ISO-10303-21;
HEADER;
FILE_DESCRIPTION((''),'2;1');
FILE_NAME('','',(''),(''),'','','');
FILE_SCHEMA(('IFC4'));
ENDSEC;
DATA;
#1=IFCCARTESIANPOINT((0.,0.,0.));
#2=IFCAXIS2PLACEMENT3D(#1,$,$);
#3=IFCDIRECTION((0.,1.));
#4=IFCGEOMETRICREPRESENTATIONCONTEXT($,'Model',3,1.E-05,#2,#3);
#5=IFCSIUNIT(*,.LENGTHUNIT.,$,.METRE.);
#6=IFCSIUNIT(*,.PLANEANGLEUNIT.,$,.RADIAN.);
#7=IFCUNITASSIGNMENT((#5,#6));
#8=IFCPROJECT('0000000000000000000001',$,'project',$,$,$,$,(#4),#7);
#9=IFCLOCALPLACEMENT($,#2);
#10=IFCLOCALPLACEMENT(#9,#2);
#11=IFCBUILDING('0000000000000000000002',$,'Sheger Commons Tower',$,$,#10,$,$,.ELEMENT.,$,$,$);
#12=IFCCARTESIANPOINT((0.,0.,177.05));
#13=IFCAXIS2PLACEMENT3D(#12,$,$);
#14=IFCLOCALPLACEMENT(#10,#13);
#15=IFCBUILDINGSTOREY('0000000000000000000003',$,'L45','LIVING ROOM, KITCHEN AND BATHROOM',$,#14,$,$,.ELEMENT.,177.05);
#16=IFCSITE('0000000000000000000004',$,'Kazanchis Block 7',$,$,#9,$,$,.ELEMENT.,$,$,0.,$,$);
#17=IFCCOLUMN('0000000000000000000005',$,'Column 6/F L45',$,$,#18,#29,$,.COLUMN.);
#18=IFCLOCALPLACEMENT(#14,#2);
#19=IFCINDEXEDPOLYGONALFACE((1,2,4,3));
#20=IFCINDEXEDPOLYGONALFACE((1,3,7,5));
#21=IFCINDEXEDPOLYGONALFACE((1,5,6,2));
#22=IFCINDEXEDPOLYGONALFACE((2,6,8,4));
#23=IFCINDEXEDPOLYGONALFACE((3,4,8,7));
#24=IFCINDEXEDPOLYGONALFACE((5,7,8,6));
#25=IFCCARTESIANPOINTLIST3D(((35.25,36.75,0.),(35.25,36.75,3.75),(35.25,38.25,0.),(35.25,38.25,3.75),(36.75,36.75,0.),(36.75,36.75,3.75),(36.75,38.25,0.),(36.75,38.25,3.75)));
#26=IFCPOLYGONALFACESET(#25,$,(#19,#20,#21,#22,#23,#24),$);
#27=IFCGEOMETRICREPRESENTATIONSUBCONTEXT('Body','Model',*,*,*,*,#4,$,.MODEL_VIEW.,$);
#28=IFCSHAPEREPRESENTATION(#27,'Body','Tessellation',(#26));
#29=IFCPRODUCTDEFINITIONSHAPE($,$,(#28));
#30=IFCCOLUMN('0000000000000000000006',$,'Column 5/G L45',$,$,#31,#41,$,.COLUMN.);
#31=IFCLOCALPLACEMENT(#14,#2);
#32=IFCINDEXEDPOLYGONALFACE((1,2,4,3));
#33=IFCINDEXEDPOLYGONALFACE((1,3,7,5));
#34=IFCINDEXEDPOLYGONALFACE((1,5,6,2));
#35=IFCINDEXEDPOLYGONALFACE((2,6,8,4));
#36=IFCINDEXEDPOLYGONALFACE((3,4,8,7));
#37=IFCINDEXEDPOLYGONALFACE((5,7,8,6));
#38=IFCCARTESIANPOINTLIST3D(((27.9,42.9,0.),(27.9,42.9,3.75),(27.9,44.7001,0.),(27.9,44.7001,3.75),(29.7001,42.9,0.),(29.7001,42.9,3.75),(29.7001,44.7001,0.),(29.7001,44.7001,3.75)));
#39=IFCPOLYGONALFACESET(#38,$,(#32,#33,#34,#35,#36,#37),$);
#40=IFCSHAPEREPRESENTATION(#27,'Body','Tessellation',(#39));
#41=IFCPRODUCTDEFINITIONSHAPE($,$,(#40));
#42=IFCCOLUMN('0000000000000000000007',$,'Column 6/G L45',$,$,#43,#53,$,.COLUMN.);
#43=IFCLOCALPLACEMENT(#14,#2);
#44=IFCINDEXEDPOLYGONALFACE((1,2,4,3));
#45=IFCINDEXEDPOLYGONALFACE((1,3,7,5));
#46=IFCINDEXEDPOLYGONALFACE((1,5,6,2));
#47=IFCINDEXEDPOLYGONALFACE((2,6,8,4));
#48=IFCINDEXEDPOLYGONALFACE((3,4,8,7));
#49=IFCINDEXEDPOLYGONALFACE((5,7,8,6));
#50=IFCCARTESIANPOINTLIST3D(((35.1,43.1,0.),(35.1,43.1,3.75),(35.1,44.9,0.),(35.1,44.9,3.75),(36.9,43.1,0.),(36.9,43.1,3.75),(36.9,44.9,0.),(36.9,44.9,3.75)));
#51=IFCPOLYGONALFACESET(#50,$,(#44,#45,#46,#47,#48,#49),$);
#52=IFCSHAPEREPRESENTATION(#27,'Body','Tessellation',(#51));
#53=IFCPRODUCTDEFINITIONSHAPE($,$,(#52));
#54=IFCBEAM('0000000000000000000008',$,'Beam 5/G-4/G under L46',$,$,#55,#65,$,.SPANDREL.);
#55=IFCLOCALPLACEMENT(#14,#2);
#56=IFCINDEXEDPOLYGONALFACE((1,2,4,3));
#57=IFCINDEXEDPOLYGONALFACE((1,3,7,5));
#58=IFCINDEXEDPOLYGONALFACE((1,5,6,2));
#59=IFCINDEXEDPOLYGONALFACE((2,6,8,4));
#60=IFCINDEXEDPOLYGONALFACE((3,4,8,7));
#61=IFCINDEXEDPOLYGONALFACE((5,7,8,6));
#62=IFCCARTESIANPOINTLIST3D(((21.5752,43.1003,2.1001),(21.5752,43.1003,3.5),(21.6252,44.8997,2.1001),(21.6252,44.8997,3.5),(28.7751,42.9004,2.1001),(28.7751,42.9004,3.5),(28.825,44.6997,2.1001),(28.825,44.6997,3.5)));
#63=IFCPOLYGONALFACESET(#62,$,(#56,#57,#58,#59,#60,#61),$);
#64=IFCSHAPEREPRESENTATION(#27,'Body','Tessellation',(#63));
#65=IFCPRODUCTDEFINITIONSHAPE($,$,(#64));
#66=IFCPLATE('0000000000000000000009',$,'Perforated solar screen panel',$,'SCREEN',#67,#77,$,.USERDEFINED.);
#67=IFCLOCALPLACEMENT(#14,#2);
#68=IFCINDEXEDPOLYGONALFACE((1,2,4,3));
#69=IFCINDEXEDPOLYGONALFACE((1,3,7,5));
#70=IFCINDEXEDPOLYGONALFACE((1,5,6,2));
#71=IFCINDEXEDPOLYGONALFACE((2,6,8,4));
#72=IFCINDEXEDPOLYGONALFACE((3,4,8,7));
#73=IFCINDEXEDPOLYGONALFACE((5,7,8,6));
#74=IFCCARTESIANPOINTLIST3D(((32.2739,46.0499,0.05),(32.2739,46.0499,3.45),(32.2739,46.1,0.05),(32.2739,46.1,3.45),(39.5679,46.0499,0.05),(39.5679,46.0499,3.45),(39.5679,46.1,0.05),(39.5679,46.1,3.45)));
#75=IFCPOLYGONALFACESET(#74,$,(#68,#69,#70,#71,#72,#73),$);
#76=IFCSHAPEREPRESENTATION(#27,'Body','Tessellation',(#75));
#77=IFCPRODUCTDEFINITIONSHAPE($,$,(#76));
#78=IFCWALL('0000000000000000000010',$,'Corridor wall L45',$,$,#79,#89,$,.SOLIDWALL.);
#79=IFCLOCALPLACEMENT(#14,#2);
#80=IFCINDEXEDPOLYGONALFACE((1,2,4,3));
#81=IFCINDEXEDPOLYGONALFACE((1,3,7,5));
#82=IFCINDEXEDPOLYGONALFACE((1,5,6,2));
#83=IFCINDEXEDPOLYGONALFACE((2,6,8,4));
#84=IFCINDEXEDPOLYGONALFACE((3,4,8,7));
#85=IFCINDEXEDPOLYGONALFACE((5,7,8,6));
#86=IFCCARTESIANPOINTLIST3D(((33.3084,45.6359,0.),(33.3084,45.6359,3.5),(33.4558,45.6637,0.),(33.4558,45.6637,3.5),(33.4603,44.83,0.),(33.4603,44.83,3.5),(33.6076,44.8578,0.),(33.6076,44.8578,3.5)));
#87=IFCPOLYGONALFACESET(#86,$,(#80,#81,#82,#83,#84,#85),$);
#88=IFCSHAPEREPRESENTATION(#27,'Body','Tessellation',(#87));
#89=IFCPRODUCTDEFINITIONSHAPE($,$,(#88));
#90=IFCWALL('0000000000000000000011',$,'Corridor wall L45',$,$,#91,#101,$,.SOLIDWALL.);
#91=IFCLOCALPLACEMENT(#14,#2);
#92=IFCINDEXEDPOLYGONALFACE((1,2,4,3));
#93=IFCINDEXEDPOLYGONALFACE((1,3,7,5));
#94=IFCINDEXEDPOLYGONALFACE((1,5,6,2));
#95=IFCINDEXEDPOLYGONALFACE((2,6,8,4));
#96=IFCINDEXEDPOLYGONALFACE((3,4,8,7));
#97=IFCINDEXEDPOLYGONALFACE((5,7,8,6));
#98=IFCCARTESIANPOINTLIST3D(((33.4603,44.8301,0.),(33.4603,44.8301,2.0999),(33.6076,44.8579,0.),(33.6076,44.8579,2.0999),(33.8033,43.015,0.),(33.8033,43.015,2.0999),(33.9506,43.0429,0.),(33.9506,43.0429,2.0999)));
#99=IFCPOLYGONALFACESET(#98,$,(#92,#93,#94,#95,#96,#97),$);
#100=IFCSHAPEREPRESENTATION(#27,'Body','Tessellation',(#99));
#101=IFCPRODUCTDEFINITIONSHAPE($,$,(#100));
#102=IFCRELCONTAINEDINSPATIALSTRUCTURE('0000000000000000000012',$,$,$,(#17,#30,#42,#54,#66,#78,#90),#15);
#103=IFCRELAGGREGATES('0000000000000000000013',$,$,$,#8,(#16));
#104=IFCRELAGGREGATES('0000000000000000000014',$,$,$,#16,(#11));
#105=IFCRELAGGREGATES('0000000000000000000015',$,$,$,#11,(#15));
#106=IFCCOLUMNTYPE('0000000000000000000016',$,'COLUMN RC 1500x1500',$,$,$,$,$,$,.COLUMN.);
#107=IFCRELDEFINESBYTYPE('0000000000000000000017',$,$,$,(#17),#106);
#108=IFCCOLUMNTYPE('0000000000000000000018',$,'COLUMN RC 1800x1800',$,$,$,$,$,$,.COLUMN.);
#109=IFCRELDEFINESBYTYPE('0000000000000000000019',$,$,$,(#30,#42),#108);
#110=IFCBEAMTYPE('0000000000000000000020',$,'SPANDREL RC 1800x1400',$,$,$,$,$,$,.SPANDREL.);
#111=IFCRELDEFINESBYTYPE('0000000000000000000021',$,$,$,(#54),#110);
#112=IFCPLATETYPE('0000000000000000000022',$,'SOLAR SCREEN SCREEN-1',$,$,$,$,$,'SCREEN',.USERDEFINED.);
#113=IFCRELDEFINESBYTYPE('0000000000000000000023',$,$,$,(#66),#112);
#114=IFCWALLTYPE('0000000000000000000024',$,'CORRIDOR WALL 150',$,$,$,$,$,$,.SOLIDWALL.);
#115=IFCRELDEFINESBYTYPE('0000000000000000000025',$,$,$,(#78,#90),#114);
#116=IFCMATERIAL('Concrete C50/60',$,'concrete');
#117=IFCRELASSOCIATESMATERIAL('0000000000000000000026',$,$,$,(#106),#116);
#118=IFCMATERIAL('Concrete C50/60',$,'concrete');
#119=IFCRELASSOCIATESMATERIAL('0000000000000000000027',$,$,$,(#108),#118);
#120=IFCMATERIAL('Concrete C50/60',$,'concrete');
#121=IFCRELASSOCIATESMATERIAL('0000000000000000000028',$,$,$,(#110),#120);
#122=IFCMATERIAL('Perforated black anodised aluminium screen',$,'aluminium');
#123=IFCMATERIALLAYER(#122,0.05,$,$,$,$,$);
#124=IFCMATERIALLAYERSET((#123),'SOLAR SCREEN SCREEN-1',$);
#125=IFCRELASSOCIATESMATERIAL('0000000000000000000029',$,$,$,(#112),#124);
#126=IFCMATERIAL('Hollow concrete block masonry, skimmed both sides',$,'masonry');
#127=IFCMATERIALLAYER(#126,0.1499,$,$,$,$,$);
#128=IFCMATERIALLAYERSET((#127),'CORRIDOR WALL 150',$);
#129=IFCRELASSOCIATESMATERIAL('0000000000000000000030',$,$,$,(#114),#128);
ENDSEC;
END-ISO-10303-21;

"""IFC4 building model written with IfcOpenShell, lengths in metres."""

from ifc_helpers import new_model, si_unit, direction, frame, frame_2d, origin, origin_2d, place, context, subcontext, project, spatial, rectangle, extrude, material, layer, layer_set, material_profile, profile_set, type_object, element, save


model = new_model("IFC4")

# Units and contexts
model_context = context("Model", 3, precision=1e-05, world=origin(), true_north=direction((0.0, 1.0)))
body_context = subcontext(model_context, "Body", "Model", "MODEL_VIEW")
ifc_project = project(units=[si_unit("LENGTHUNIT", "METRE"), si_unit("PLANEANGLEUNIT", "RADIAN")], contexts=[model_context])

# Site, building, storey
site_placement = place(None, origin())
site = spatial("IfcSite", under=ifc_project, at=site_placement, Name="Kazanchis Block 7", CompositionType="ELEMENT", RefElevation=0.0)
building_placement = place(site_placement, origin())
building = spatial("IfcBuilding", under=site, at=building_placement, Name="Sheger Commons Tower", CompositionType="ELEMENT")
storey_placement = place(building_placement, frame((0.0, 0.0, 177.05)))
storey = spatial("IfcBuildingStorey", under=building, at=storey_placement, Name="L45", Description="LIVING ROOM, KITCHEN AND BATHROOM", CompositionType="ELEMENT", Elevation=177.05)

# Columns
ifc_material_1 = material(Name="Concrete C50/60", Category="concrete")
ifc_material_profile_1 = material_profile(ifc_material_1, rectangle(XDim=1.5, YDim=1.5, at=origin_2d()), Name="RC 1500x1500")
ifc_profile_set_1 = profile_set([ifc_material_profile_1], Name="Concrete C50/60")
column_type_1 = type_object("IfcColumnType", Name="COLUMN RC 1500x1500", PredefinedType="COLUMN", material=ifc_profile_set_1)
column_placement = place(storey_placement, frame((36.0, 37.5, 0.0), z_axis=(0.0, 0.0, 1.0), x_axis=(1.0, 0.0, 0.0)))
element("IfcColumn", 1, at=column_placement, inside=storey, type_object=column_type_1, Name="Column 6/F L45", PredefinedType="COLUMN", context=body_context, shape_type="SweptSolid", body=[
    extrude(rectangle(XDim=1.5, YDim=1.5, at=origin_2d()), origin(), (0.0, 0.0, 1.0), 3.75),
])
ifc_material_2 = material(Name="Concrete C50/60", Category="concrete")
ifc_material_profile_2 = material_profile(ifc_material_2, rectangle(XDim=1.8, YDim=1.8, at=origin_2d()), Name="RC 1800x1800")
ifc_profile_set_2 = profile_set([ifc_material_profile_2], Name="Concrete C50/60")
column_type_2 = type_object("IfcColumnType", Name="COLUMN RC 1800x1800", PredefinedType="COLUMN", material=ifc_profile_set_2)
for number, where, z_axis, x_axis, name in (
    (2, (28.8, 43.8, 0.0), (0.0, 0.0, 1.0), (1.0, 0.0, 0.0), "Column 5/G L45"),
    (3, (36.0, 44.0, 0.0), (0.0, 0.0, 1.0), (1.0, 0.0, 0.0), "Column 6/G L45"),
):
    element("IfcColumn", number, at=place(storey_placement, frame(where, z_axis=z_axis, x_axis=x_axis)), inside=storey, type_object=column_type_2, Name=name, PredefinedType="COLUMN", context=body_context, shape_type="SweptSolid", body=[
        extrude(rectangle(XDim=1.8, YDim=1.8, at=origin_2d()), origin(), (0.0, 0.0, 1.0), 3.75),
    ])

# Beam
ifc_material_3 = material(Name="Concrete C50/60", Category="concrete")
ifc_material_profile_3 = material_profile(ifc_material_3, rectangle(XDim=1.8, YDim=1.3999, at=origin_2d()), Name="RC 1800x1400")
ifc_profile_set_3 = profile_set([ifc_material_profile_3], Name="Concrete C50/60")
beam_type = type_object("IfcBeamType", Name="SPANDREL RC 1800x1400", PredefinedType="SPANDREL", material=ifc_profile_set_3)
beam_placement = place(storey_placement, frame((28.8, 43.8, 2.8), z_axis=(-0.999615, 0.02776, 0.0), x_axis=(-0.02776, -0.999615, 0.0)))
element("IfcBeam", 4, at=beam_placement, inside=storey, type_object=beam_type, Name="Beam 5/G-4/G under L46", PredefinedType="SPANDREL", context=body_context, shape_type="SweptSolid", body=[
    extrude(rectangle(XDim=1.8, YDim=1.3999, at=origin_2d()), origin(), (0.0, 0.0, 1.0), 7.2026),
])

# Plate
ifc_material_4 = material(Name="Perforated black anodised aluminium screen", Category="aluminium")
ifc_layer_1 = layer(ifc_material_4, 0.05)
ifc_layer_set_1 = layer_set([ifc_layer_1], Name="SOLAR SCREEN SCREEN-1")
plate_type = type_object("IfcPlateType", Name="SOLAR SCREEN SCREEN-1", ElementType="SCREEN", PredefinedType="USERDEFINED", material=ifc_layer_set_1)
plate_placement = place(storey_placement, frame((35.9209, 46.075, 0.05), z_axis=(0.0, 0.0, 1.0), x_axis=(-1.0, 0.0, 0.0)))
element("IfcPlate", 5, at=plate_placement, inside=storey, type_object=plate_type, Name="Perforated solar screen panel", ObjectType="SCREEN", PredefinedType="USERDEFINED", context=body_context, shape_type="SweptSolid", body=[
    extrude(rectangle(XDim=7.2939, YDim=0.05, at=origin_2d()), origin(), (0.0, 0.0, 1.0), 3.3999),
])

# Walls
ifc_material_5 = material(Name="Hollow concrete block masonry, skimmed both sides", Category="masonry")
ifc_layer_2 = layer(ifc_material_5, 0.1499)
ifc_layer_set_2 = layer_set([ifc_layer_2], Name="CORRIDOR WALL 150")
wall_type_1 = type_object("IfcWallType", Name="CORRIDOR WALL 150", PredefinedType="SOLIDWALL", material=ifc_layer_set_2)
wall_1_placement = place(storey_placement, frame((33.3821, 45.6499, 0.0), z_axis=(0.0, 0.0, 1.0), x_axis=(0.185169, -0.982707, 0.0)))
element("IfcWall", 6, at=wall_1_placement, inside=storey, type_object=wall_type_1, Name="Corridor wall L45", PredefinedType="SOLIDWALL", context=body_context, shape_type="SweptSolid", body=[
    extrude(rectangle(XDim=0.8201, YDim=0.1499, at=frame_2d((0.4102, 0.0))), origin(), (0.0, 0.0, 1.0), 3.5),
])
wall_2_placement = place(storey_placement, frame((33.5339, 44.844, 0.0), z_axis=(0.0, 0.0, 1.0), x_axis=(0.185709, -0.982605, 0.0)))
element("IfcWall", 7, at=wall_2_placement, inside=storey, type_object=wall_type_1, Name="Corridor wall L45", PredefinedType="SOLIDWALL", context=body_context, shape_type="SweptSolid", body=[
    extrude(rectangle(XDim=1.8472, YDim=0.1499, at=frame_2d((0.9236, 0.0))), origin(), (0.0, 0.0, 1.0), 2.0999),
])

save(model, "model.ifc")
